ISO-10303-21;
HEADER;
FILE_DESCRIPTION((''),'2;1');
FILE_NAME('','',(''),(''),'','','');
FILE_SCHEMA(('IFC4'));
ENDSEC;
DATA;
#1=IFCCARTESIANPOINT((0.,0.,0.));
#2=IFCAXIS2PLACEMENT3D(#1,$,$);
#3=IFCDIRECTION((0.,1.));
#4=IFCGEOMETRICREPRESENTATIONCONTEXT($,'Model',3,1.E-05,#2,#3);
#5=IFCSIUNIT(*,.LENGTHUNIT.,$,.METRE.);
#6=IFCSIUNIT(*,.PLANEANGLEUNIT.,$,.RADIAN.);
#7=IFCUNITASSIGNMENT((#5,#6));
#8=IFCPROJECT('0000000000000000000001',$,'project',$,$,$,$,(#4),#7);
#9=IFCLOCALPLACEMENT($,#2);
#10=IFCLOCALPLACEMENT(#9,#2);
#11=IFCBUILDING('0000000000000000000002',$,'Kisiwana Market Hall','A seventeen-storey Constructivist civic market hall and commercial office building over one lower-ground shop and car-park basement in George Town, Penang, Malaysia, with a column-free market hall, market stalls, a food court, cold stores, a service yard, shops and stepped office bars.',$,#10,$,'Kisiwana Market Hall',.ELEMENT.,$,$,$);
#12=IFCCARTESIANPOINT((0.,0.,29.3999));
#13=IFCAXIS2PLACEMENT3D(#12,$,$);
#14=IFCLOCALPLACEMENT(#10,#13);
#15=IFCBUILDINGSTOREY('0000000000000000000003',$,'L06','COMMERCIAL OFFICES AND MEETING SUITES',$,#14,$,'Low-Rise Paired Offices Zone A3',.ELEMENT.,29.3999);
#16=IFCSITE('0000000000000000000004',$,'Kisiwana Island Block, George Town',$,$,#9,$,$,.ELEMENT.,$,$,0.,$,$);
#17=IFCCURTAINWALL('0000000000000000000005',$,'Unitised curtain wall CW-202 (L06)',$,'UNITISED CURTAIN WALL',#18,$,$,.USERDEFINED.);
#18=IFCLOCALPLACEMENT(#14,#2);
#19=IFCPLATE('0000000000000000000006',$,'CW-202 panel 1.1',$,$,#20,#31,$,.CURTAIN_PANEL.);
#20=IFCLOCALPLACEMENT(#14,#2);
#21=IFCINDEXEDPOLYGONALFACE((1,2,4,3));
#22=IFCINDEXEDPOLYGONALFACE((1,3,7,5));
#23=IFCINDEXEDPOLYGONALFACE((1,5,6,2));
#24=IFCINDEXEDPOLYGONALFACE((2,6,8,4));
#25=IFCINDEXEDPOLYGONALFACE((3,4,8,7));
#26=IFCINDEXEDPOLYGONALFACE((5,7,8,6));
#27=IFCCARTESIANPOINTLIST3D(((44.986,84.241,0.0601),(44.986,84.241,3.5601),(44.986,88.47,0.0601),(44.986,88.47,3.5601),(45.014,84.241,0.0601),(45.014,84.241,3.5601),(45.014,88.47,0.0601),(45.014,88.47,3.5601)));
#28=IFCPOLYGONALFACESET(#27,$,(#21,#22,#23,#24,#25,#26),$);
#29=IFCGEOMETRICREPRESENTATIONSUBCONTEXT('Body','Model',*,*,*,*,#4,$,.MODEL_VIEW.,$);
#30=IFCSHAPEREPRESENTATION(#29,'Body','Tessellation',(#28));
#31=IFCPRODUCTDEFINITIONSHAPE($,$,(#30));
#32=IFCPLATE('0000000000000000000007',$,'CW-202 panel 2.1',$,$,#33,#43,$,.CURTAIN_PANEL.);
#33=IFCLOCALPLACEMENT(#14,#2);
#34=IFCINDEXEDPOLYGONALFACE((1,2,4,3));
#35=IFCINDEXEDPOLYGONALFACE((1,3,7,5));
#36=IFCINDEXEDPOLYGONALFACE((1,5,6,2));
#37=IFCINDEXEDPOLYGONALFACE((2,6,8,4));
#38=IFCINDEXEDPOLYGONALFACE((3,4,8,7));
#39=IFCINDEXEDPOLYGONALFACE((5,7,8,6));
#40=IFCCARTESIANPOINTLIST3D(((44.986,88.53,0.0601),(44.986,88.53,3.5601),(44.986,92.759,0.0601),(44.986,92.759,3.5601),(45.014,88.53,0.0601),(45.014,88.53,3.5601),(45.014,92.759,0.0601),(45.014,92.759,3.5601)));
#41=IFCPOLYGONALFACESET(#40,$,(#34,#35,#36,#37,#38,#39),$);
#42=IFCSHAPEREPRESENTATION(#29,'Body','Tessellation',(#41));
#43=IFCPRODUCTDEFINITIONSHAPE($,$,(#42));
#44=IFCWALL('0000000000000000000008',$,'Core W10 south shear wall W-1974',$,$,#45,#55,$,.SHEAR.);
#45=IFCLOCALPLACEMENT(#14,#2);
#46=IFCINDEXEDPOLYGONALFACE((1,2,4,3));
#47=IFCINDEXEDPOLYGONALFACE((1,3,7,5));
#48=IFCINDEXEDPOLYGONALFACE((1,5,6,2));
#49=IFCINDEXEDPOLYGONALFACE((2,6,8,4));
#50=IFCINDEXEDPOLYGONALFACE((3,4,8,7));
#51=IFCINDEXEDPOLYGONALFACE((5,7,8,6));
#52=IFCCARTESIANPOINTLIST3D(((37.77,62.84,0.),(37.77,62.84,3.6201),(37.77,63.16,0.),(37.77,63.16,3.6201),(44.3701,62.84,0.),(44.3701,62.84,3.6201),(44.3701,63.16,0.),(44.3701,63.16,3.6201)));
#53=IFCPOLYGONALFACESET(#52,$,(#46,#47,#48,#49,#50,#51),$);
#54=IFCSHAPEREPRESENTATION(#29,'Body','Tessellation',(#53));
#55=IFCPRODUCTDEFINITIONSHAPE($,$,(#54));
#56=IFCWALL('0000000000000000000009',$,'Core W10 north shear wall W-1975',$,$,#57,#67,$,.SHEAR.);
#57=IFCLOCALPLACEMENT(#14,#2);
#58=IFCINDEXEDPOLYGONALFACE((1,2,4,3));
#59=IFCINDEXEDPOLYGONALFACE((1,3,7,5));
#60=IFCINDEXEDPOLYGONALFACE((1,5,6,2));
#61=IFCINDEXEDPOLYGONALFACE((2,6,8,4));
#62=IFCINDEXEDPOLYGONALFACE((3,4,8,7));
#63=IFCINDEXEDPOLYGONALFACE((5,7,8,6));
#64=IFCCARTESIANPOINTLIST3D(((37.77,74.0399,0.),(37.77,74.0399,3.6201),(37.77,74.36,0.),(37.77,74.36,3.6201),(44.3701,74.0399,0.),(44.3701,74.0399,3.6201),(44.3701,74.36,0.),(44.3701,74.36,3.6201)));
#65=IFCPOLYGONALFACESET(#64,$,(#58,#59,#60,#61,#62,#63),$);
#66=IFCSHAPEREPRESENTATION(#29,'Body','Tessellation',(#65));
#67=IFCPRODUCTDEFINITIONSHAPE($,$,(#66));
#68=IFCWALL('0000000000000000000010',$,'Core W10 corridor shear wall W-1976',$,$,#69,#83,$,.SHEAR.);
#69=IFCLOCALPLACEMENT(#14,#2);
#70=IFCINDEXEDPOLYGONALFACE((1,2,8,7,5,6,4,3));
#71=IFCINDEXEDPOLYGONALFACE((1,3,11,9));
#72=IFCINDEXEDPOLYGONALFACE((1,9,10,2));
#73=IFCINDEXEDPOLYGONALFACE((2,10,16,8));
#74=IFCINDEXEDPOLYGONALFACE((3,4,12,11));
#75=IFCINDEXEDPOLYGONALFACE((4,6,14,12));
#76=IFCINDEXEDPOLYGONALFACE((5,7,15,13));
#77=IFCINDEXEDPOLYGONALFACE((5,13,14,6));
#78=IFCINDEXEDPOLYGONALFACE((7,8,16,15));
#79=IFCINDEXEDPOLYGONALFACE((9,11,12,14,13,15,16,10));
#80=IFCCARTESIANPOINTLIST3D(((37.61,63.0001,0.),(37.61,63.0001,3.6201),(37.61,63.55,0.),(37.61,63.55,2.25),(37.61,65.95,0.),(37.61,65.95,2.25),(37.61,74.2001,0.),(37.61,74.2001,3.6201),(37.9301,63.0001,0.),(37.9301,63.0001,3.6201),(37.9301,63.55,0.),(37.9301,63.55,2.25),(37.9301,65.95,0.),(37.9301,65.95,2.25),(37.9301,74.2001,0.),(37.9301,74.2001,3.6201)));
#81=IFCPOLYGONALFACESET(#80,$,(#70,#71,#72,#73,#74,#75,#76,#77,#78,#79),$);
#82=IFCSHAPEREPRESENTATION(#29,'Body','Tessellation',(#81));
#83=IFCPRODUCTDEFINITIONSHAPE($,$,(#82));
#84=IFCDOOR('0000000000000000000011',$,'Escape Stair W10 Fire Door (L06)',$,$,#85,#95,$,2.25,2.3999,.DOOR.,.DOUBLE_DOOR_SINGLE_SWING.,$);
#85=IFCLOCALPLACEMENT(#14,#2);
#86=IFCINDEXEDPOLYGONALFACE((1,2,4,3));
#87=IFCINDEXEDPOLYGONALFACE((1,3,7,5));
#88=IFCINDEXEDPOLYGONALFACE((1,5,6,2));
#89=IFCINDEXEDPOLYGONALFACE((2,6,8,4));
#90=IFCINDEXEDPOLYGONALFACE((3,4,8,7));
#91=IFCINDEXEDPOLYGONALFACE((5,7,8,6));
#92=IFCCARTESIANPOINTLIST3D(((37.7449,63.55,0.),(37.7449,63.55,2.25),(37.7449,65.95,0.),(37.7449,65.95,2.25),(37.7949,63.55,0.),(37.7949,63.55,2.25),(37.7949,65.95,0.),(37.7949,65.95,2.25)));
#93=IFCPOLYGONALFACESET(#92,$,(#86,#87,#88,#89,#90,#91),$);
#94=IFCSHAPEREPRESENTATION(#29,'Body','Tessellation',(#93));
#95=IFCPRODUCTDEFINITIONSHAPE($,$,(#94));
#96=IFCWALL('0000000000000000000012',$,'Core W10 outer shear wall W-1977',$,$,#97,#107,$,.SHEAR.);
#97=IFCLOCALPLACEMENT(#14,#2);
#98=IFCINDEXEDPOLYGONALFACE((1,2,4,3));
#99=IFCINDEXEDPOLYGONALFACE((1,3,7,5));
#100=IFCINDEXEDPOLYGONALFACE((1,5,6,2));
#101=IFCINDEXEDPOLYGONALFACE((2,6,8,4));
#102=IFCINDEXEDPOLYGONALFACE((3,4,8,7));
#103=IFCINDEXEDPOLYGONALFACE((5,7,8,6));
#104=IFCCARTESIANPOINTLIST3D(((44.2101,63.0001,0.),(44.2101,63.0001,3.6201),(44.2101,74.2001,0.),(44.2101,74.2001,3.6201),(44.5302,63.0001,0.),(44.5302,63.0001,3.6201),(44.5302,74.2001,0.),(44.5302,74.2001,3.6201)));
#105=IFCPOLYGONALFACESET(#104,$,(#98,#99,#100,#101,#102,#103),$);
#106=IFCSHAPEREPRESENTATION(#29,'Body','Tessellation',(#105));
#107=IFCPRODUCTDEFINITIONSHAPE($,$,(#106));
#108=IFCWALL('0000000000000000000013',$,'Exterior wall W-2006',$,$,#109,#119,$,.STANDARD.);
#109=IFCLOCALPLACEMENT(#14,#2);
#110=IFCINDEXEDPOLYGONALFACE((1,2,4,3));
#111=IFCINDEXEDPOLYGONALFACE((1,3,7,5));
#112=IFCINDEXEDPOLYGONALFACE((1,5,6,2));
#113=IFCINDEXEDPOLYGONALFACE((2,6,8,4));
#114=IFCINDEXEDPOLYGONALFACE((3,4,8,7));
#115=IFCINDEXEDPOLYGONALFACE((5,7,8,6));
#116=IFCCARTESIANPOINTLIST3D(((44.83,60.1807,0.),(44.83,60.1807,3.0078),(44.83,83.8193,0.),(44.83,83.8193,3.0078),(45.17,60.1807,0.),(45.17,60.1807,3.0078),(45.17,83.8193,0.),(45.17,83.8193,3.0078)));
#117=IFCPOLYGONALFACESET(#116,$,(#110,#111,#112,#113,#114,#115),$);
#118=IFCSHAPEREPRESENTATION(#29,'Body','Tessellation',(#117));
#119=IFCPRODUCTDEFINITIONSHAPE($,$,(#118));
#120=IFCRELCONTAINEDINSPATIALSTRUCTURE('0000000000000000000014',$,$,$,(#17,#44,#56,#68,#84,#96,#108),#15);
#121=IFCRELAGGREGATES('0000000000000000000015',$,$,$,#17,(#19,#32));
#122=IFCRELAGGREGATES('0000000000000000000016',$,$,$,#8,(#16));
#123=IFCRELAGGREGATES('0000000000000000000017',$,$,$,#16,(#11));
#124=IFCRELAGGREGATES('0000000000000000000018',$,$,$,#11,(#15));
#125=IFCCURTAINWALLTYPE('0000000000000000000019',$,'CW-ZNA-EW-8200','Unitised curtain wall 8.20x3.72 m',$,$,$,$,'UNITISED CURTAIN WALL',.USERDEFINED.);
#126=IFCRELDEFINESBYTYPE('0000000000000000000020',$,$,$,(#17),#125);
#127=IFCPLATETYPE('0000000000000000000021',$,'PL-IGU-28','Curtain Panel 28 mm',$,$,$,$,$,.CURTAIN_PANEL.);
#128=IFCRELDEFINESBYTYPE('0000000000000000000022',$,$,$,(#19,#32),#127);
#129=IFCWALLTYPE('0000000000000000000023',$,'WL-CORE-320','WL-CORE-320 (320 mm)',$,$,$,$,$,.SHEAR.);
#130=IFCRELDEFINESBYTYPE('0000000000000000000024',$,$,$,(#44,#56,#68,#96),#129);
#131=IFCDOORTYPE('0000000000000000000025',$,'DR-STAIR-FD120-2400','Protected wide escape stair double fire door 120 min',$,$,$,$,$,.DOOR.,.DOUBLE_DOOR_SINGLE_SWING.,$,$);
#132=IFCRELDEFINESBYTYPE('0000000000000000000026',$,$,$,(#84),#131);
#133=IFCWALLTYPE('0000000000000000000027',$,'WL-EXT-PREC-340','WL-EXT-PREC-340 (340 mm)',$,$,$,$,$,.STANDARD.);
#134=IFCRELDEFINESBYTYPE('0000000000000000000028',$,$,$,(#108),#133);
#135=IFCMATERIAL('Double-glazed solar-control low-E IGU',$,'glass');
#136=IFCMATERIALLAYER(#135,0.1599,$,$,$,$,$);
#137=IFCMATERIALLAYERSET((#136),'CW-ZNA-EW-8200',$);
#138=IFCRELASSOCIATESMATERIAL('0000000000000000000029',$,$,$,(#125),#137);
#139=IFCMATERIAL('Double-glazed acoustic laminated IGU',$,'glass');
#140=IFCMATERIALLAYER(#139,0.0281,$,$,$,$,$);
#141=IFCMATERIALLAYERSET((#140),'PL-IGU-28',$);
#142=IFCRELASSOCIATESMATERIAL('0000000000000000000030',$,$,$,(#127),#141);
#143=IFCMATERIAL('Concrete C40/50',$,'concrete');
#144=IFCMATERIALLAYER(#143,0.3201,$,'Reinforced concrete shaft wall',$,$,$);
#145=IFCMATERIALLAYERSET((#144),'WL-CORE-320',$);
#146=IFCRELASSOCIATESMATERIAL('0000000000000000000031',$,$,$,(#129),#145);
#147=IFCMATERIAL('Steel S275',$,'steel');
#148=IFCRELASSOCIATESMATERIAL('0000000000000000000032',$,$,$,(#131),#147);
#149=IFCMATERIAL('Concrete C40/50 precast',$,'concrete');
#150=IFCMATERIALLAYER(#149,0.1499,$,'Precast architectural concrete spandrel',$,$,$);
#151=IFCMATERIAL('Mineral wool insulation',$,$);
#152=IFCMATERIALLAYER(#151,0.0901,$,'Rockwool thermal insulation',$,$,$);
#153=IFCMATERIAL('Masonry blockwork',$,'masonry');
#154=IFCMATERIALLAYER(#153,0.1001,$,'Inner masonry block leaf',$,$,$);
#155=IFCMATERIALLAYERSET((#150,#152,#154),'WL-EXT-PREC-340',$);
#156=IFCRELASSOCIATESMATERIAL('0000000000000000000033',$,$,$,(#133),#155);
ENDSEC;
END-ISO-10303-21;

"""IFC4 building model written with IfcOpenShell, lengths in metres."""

from ifc_helpers import new_model, si_unit, direction, frame, frame_2d, origin, origin_2d, place, context, subcontext, project, spatial, rectangle, extrude, material, layer, layer_set, type_object, element, fill, aggregate, save


model = new_model("IFC4")

# Units and contexts
model_context = context("Model", 3, precision=1e-05, world=origin(), true_north=direction((0.0, 1.0)))
body_context = subcontext(model_context, "Body", "Model", "MODEL_VIEW")
ifc_project = project(units=[si_unit("LENGTHUNIT", "METRE"), si_unit("PLANEANGLEUNIT", "RADIAN")], contexts=[model_context])

# Site, building, storey
site_placement = place(None, origin())
site = spatial("IfcSite", under=ifc_project, at=site_placement, Name="Kisiwana Island Block, George Town", CompositionType="ELEMENT", RefElevation=0.0)
building_placement = place(site_placement, origin())
building = spatial("IfcBuilding", under=site, at=building_placement, Name="Kisiwana Market Hall", Description="A seventeen-storey Constructivist civic market hall and commercial office building over one lower-ground shop and car-park basement in George Town, Penang, Malaysia, with a column-free market hall, market stalls, a food court, cold stores, a service yard, shops and stepped office bars.", LongName="Kisiwana Market Hall", CompositionType="ELEMENT")
storey_placement = place(building_placement, frame((0.0, 0.0, 29.3999)))
storey = spatial("IfcBuildingStorey", under=building, at=storey_placement, Name="L06", Description="COMMERCIAL OFFICES AND MEETING SUITES", LongName="Low-Rise Paired Offices Zone A3", CompositionType="ELEMENT", Elevation=29.3999)

# Curtain wall, plates
ifc_material_1 = material(Name="Double-glazed solar-control low-E IGU", Category="glass")
ifc_layer_1 = layer(ifc_material_1, 0.1599)
ifc_layer_set_1 = layer_set([ifc_layer_1], Name="CW-ZNA-EW-8200")
curtain_wall_type = type_object("IfcCurtainWallType", Name="CW-ZNA-EW-8200", Description="Unitised curtain wall 8.20x3.72 m", ElementType="UNITISED CURTAIN WALL", PredefinedType="USERDEFINED", material=ifc_layer_set_1)
curtain_wall_placement = place(storey_placement, origin())
curtain_wall = element("IfcCurtainWall", 1, at=curtain_wall_placement, inside=storey, type_object=curtain_wall_type, Name="Unitised curtain wall CW-202 (L06)", ObjectType="UNITISED CURTAIN WALL", PredefinedType="USERDEFINED")
ifc_material_2 = material(Name="Double-glazed acoustic laminated IGU", Category="glass")
ifc_layer_2 = layer(ifc_material_2, 0.0281)
ifc_layer_set_2 = layer_set([ifc_layer_2], Name="PL-IGU-28")
plate_type = type_object("IfcPlateType", Name="PL-IGU-28", Description="Curtain Panel 28 mm", PredefinedType="CURTAIN_PANEL", material=ifc_layer_set_2)
plate_1_placement = place(storey_placement, frame((45.0, 86.3555, 0.0601), z_axis=(0.0, 0.0, 1.0), x_axis=(0.0, 1.0, 0.0)))
plate_1 = element("IfcPlate", 2, at=plate_1_placement, type_object=plate_type, Name="CW-202 panel 1.1", PredefinedType="CURTAIN_PANEL", context=body_context, shape_type="SweptSolid", body=[
    extrude(rectangle(XDim=4.229, YDim=0.0281, at=origin_2d()), origin(), (0.0, 0.0, 1.0), 3.5),
])
plate_2_placement = place(storey_placement, frame((45.0, 90.6445, 0.0601), z_axis=(0.0, 0.0, 1.0), x_axis=(0.0, 1.0, 0.0)))
plate_2 = element("IfcPlate", 3, at=plate_2_placement, type_object=plate_type, Name="CW-202 panel 2.1", PredefinedType="CURTAIN_PANEL", context=body_context, shape_type="SweptSolid", body=[
    extrude(rectangle(XDim=4.229, YDim=0.0281, at=origin_2d()), origin(), (0.0, 0.0, 1.0), 3.5),
])
aggregate(curtain_wall, [plate_1, plate_2])

# Walls
ifc_material_3 = material(Name="Concrete C40/50", Category="concrete")
ifc_layer_3 = layer(ifc_material_3, 0.3201, Name="Reinforced concrete shaft wall")
ifc_layer_set_3 = layer_set([ifc_layer_3], Name="WL-CORE-320")
wall_type_1 = type_object("IfcWallType", Name="WL-CORE-320", Description="WL-CORE-320 (320 mm)", PredefinedType="SHEAR", material=ifc_layer_set_3)
for number, where, z_axis, x_axis, name in (
    (4, (37.77, 63.0, 0.0), (0.0, 0.0, 1.0), (1.0, 0.0, 0.0), "Core W10 south shear wall W-1974"),
    (5, (37.77, 74.2, 0.0), (0.0, 0.0, 1.0), (1.0, 0.0, 0.0), "Core W10 north shear wall W-1975"),
):
    element("IfcWall", number, at=place(storey_placement, frame(where, z_axis=z_axis, x_axis=x_axis)), inside=storey, type_object=wall_type_1, Name=name, PredefinedType="SHEAR", context=body_context, shape_type="SweptSolid", body=[
        extrude(rectangle(XDim=6.6001, YDim=0.3201, at=frame_2d((3.3, 0.0))), origin(), (0.0, 0.0, 1.0), 3.6201),
    ])

# Wall, opening, door
wall_1_placement = place(storey_placement, frame((37.77, 63.0, 0.0), z_axis=(0.0, 0.0, 1.0), x_axis=(0.0, 1.0, 0.0)))
wall_1 = element("IfcWall", 6, at=wall_1_placement, inside=storey, type_object=wall_type_1, Name="Core W10 corridor shear wall W-1976", PredefinedType="SHEAR", context=body_context, shape_type="SweptSolid", body=[
    extrude(rectangle(XDim=11.2, YDim=0.3201, at=frame_2d((5.6001, 0.0))), origin(), (0.0, 0.0, 1.0), 3.6201),
])
opening_placement = place(wall_1_placement, frame((0.55, 0.0, 0.0)))
opening = element("IfcOpeningElement", 7, at=opening_placement, cuts=wall_1, PredefinedType="OPENING", context=body_context, shape_type="SweptSolid", body=[
    extrude(rectangle(XDim=2.3999, YDim=2.25, at=frame_2d((1.2, 1.125))), frame((0.0, 0.1719, 0.0), z_axis=(0.0, -1.0, 0.0), x_axis=(1.0, 0.0, 0.0)), (0.0, 0.0, 1.0), 0.344),
])
ifc_material_4 = material(Name="Steel S275", Category="steel")
door_type = type_object("IfcDoorType", Name="DR-STAIR-FD120-2400", Description="Protected wide escape stair double fire door 120 min", OperationType="DOUBLE_DOOR_SINGLE_SWING", PredefinedType="DOOR", material=ifc_material_4)
door_placement = place(opening_placement, frame((2.3999, 0.0, 0.0), z_axis=(0.0, 0.0, 1.0), x_axis=(-1.0, 0.0, 0.0)))
door = element("IfcDoor", 8, at=door_placement, inside=storey, type_object=door_type, Name="Escape Stair W10 Fire Door (L06)", OperationType="DOUBLE_DOOR_SINGLE_SWING", OverallHeight=2.25, OverallWidth=2.3999, PredefinedType="DOOR", context=body_context, shape_type="SweptSolid", body=[
    extrude(rectangle(XDim=2.3999, YDim=2.25, at=frame_2d((1.2, 1.125))), frame((0.0, 0.0249, 0.0), z_axis=(0.0, -1.0, 0.0), x_axis=(1.0, 0.0, 0.0)), (0.0, 0.0, 1.0), 0.05),
])
fill(opening, door)

# Walls
wall_2_placement = place(storey_placement, frame((44.3701, 63.0, 0.0), z_axis=(0.0, 0.0, 1.0), x_axis=(0.0, 1.0, 0.0)))
element("IfcWall", 9, at=wall_2_placement, inside=storey, type_object=wall_type_1, Name="Core W10 outer shear wall W-1977", PredefinedType="SHEAR", context=body_context, shape_type="SweptSolid", body=[
    extrude(rectangle(XDim=11.2, YDim=0.3201, at=frame_2d((5.6001, 0.0))), origin(), (0.0, 0.0, 1.0), 3.6201),
])
ifc_material_5 = material(Name="Concrete C40/50 precast", Category="concrete")
ifc_layer_4 = layer(ifc_material_5, 0.1499, Name="Precast architectural concrete spandrel")
ifc_material_6 = material(Name="Mineral wool insulation")
ifc_layer_5 = layer(ifc_material_6, 0.0901, Name="Rockwool thermal insulation")
ifc_material_7 = material(Name="Masonry blockwork", Category="masonry")
ifc_layer_6 = layer(ifc_material_7, 0.1001, Name="Inner masonry block leaf")
ifc_layer_set_4 = layer_set([ifc_layer_4, ifc_layer_5, ifc_layer_6], Name="WL-EXT-PREC-340")
wall_type_2 = type_object("IfcWallType", Name="WL-EXT-PREC-340", Description="WL-EXT-PREC-340 (340 mm)", PredefinedType="STANDARD", material=ifc_layer_set_4)
wall_3_placement = place(storey_placement, frame((45.0, 60.1807, 0.0), z_axis=(0.0, 0.0, 1.0), x_axis=(0.0, 1.0, 0.0)))
element("IfcWall", 10, at=wall_3_placement, inside=storey, type_object=wall_type_2, Name="Exterior wall W-2006", PredefinedType="STANDARD", context=body_context, shape_type="SweptSolid", body=[
    extrude(rectangle(XDim=23.6387, YDim=0.3401, at=frame_2d((11.8193, 0.0))), origin(), (0.0, 0.0, 1.0), 3.0078),
])

save(model, "model.ifc")
